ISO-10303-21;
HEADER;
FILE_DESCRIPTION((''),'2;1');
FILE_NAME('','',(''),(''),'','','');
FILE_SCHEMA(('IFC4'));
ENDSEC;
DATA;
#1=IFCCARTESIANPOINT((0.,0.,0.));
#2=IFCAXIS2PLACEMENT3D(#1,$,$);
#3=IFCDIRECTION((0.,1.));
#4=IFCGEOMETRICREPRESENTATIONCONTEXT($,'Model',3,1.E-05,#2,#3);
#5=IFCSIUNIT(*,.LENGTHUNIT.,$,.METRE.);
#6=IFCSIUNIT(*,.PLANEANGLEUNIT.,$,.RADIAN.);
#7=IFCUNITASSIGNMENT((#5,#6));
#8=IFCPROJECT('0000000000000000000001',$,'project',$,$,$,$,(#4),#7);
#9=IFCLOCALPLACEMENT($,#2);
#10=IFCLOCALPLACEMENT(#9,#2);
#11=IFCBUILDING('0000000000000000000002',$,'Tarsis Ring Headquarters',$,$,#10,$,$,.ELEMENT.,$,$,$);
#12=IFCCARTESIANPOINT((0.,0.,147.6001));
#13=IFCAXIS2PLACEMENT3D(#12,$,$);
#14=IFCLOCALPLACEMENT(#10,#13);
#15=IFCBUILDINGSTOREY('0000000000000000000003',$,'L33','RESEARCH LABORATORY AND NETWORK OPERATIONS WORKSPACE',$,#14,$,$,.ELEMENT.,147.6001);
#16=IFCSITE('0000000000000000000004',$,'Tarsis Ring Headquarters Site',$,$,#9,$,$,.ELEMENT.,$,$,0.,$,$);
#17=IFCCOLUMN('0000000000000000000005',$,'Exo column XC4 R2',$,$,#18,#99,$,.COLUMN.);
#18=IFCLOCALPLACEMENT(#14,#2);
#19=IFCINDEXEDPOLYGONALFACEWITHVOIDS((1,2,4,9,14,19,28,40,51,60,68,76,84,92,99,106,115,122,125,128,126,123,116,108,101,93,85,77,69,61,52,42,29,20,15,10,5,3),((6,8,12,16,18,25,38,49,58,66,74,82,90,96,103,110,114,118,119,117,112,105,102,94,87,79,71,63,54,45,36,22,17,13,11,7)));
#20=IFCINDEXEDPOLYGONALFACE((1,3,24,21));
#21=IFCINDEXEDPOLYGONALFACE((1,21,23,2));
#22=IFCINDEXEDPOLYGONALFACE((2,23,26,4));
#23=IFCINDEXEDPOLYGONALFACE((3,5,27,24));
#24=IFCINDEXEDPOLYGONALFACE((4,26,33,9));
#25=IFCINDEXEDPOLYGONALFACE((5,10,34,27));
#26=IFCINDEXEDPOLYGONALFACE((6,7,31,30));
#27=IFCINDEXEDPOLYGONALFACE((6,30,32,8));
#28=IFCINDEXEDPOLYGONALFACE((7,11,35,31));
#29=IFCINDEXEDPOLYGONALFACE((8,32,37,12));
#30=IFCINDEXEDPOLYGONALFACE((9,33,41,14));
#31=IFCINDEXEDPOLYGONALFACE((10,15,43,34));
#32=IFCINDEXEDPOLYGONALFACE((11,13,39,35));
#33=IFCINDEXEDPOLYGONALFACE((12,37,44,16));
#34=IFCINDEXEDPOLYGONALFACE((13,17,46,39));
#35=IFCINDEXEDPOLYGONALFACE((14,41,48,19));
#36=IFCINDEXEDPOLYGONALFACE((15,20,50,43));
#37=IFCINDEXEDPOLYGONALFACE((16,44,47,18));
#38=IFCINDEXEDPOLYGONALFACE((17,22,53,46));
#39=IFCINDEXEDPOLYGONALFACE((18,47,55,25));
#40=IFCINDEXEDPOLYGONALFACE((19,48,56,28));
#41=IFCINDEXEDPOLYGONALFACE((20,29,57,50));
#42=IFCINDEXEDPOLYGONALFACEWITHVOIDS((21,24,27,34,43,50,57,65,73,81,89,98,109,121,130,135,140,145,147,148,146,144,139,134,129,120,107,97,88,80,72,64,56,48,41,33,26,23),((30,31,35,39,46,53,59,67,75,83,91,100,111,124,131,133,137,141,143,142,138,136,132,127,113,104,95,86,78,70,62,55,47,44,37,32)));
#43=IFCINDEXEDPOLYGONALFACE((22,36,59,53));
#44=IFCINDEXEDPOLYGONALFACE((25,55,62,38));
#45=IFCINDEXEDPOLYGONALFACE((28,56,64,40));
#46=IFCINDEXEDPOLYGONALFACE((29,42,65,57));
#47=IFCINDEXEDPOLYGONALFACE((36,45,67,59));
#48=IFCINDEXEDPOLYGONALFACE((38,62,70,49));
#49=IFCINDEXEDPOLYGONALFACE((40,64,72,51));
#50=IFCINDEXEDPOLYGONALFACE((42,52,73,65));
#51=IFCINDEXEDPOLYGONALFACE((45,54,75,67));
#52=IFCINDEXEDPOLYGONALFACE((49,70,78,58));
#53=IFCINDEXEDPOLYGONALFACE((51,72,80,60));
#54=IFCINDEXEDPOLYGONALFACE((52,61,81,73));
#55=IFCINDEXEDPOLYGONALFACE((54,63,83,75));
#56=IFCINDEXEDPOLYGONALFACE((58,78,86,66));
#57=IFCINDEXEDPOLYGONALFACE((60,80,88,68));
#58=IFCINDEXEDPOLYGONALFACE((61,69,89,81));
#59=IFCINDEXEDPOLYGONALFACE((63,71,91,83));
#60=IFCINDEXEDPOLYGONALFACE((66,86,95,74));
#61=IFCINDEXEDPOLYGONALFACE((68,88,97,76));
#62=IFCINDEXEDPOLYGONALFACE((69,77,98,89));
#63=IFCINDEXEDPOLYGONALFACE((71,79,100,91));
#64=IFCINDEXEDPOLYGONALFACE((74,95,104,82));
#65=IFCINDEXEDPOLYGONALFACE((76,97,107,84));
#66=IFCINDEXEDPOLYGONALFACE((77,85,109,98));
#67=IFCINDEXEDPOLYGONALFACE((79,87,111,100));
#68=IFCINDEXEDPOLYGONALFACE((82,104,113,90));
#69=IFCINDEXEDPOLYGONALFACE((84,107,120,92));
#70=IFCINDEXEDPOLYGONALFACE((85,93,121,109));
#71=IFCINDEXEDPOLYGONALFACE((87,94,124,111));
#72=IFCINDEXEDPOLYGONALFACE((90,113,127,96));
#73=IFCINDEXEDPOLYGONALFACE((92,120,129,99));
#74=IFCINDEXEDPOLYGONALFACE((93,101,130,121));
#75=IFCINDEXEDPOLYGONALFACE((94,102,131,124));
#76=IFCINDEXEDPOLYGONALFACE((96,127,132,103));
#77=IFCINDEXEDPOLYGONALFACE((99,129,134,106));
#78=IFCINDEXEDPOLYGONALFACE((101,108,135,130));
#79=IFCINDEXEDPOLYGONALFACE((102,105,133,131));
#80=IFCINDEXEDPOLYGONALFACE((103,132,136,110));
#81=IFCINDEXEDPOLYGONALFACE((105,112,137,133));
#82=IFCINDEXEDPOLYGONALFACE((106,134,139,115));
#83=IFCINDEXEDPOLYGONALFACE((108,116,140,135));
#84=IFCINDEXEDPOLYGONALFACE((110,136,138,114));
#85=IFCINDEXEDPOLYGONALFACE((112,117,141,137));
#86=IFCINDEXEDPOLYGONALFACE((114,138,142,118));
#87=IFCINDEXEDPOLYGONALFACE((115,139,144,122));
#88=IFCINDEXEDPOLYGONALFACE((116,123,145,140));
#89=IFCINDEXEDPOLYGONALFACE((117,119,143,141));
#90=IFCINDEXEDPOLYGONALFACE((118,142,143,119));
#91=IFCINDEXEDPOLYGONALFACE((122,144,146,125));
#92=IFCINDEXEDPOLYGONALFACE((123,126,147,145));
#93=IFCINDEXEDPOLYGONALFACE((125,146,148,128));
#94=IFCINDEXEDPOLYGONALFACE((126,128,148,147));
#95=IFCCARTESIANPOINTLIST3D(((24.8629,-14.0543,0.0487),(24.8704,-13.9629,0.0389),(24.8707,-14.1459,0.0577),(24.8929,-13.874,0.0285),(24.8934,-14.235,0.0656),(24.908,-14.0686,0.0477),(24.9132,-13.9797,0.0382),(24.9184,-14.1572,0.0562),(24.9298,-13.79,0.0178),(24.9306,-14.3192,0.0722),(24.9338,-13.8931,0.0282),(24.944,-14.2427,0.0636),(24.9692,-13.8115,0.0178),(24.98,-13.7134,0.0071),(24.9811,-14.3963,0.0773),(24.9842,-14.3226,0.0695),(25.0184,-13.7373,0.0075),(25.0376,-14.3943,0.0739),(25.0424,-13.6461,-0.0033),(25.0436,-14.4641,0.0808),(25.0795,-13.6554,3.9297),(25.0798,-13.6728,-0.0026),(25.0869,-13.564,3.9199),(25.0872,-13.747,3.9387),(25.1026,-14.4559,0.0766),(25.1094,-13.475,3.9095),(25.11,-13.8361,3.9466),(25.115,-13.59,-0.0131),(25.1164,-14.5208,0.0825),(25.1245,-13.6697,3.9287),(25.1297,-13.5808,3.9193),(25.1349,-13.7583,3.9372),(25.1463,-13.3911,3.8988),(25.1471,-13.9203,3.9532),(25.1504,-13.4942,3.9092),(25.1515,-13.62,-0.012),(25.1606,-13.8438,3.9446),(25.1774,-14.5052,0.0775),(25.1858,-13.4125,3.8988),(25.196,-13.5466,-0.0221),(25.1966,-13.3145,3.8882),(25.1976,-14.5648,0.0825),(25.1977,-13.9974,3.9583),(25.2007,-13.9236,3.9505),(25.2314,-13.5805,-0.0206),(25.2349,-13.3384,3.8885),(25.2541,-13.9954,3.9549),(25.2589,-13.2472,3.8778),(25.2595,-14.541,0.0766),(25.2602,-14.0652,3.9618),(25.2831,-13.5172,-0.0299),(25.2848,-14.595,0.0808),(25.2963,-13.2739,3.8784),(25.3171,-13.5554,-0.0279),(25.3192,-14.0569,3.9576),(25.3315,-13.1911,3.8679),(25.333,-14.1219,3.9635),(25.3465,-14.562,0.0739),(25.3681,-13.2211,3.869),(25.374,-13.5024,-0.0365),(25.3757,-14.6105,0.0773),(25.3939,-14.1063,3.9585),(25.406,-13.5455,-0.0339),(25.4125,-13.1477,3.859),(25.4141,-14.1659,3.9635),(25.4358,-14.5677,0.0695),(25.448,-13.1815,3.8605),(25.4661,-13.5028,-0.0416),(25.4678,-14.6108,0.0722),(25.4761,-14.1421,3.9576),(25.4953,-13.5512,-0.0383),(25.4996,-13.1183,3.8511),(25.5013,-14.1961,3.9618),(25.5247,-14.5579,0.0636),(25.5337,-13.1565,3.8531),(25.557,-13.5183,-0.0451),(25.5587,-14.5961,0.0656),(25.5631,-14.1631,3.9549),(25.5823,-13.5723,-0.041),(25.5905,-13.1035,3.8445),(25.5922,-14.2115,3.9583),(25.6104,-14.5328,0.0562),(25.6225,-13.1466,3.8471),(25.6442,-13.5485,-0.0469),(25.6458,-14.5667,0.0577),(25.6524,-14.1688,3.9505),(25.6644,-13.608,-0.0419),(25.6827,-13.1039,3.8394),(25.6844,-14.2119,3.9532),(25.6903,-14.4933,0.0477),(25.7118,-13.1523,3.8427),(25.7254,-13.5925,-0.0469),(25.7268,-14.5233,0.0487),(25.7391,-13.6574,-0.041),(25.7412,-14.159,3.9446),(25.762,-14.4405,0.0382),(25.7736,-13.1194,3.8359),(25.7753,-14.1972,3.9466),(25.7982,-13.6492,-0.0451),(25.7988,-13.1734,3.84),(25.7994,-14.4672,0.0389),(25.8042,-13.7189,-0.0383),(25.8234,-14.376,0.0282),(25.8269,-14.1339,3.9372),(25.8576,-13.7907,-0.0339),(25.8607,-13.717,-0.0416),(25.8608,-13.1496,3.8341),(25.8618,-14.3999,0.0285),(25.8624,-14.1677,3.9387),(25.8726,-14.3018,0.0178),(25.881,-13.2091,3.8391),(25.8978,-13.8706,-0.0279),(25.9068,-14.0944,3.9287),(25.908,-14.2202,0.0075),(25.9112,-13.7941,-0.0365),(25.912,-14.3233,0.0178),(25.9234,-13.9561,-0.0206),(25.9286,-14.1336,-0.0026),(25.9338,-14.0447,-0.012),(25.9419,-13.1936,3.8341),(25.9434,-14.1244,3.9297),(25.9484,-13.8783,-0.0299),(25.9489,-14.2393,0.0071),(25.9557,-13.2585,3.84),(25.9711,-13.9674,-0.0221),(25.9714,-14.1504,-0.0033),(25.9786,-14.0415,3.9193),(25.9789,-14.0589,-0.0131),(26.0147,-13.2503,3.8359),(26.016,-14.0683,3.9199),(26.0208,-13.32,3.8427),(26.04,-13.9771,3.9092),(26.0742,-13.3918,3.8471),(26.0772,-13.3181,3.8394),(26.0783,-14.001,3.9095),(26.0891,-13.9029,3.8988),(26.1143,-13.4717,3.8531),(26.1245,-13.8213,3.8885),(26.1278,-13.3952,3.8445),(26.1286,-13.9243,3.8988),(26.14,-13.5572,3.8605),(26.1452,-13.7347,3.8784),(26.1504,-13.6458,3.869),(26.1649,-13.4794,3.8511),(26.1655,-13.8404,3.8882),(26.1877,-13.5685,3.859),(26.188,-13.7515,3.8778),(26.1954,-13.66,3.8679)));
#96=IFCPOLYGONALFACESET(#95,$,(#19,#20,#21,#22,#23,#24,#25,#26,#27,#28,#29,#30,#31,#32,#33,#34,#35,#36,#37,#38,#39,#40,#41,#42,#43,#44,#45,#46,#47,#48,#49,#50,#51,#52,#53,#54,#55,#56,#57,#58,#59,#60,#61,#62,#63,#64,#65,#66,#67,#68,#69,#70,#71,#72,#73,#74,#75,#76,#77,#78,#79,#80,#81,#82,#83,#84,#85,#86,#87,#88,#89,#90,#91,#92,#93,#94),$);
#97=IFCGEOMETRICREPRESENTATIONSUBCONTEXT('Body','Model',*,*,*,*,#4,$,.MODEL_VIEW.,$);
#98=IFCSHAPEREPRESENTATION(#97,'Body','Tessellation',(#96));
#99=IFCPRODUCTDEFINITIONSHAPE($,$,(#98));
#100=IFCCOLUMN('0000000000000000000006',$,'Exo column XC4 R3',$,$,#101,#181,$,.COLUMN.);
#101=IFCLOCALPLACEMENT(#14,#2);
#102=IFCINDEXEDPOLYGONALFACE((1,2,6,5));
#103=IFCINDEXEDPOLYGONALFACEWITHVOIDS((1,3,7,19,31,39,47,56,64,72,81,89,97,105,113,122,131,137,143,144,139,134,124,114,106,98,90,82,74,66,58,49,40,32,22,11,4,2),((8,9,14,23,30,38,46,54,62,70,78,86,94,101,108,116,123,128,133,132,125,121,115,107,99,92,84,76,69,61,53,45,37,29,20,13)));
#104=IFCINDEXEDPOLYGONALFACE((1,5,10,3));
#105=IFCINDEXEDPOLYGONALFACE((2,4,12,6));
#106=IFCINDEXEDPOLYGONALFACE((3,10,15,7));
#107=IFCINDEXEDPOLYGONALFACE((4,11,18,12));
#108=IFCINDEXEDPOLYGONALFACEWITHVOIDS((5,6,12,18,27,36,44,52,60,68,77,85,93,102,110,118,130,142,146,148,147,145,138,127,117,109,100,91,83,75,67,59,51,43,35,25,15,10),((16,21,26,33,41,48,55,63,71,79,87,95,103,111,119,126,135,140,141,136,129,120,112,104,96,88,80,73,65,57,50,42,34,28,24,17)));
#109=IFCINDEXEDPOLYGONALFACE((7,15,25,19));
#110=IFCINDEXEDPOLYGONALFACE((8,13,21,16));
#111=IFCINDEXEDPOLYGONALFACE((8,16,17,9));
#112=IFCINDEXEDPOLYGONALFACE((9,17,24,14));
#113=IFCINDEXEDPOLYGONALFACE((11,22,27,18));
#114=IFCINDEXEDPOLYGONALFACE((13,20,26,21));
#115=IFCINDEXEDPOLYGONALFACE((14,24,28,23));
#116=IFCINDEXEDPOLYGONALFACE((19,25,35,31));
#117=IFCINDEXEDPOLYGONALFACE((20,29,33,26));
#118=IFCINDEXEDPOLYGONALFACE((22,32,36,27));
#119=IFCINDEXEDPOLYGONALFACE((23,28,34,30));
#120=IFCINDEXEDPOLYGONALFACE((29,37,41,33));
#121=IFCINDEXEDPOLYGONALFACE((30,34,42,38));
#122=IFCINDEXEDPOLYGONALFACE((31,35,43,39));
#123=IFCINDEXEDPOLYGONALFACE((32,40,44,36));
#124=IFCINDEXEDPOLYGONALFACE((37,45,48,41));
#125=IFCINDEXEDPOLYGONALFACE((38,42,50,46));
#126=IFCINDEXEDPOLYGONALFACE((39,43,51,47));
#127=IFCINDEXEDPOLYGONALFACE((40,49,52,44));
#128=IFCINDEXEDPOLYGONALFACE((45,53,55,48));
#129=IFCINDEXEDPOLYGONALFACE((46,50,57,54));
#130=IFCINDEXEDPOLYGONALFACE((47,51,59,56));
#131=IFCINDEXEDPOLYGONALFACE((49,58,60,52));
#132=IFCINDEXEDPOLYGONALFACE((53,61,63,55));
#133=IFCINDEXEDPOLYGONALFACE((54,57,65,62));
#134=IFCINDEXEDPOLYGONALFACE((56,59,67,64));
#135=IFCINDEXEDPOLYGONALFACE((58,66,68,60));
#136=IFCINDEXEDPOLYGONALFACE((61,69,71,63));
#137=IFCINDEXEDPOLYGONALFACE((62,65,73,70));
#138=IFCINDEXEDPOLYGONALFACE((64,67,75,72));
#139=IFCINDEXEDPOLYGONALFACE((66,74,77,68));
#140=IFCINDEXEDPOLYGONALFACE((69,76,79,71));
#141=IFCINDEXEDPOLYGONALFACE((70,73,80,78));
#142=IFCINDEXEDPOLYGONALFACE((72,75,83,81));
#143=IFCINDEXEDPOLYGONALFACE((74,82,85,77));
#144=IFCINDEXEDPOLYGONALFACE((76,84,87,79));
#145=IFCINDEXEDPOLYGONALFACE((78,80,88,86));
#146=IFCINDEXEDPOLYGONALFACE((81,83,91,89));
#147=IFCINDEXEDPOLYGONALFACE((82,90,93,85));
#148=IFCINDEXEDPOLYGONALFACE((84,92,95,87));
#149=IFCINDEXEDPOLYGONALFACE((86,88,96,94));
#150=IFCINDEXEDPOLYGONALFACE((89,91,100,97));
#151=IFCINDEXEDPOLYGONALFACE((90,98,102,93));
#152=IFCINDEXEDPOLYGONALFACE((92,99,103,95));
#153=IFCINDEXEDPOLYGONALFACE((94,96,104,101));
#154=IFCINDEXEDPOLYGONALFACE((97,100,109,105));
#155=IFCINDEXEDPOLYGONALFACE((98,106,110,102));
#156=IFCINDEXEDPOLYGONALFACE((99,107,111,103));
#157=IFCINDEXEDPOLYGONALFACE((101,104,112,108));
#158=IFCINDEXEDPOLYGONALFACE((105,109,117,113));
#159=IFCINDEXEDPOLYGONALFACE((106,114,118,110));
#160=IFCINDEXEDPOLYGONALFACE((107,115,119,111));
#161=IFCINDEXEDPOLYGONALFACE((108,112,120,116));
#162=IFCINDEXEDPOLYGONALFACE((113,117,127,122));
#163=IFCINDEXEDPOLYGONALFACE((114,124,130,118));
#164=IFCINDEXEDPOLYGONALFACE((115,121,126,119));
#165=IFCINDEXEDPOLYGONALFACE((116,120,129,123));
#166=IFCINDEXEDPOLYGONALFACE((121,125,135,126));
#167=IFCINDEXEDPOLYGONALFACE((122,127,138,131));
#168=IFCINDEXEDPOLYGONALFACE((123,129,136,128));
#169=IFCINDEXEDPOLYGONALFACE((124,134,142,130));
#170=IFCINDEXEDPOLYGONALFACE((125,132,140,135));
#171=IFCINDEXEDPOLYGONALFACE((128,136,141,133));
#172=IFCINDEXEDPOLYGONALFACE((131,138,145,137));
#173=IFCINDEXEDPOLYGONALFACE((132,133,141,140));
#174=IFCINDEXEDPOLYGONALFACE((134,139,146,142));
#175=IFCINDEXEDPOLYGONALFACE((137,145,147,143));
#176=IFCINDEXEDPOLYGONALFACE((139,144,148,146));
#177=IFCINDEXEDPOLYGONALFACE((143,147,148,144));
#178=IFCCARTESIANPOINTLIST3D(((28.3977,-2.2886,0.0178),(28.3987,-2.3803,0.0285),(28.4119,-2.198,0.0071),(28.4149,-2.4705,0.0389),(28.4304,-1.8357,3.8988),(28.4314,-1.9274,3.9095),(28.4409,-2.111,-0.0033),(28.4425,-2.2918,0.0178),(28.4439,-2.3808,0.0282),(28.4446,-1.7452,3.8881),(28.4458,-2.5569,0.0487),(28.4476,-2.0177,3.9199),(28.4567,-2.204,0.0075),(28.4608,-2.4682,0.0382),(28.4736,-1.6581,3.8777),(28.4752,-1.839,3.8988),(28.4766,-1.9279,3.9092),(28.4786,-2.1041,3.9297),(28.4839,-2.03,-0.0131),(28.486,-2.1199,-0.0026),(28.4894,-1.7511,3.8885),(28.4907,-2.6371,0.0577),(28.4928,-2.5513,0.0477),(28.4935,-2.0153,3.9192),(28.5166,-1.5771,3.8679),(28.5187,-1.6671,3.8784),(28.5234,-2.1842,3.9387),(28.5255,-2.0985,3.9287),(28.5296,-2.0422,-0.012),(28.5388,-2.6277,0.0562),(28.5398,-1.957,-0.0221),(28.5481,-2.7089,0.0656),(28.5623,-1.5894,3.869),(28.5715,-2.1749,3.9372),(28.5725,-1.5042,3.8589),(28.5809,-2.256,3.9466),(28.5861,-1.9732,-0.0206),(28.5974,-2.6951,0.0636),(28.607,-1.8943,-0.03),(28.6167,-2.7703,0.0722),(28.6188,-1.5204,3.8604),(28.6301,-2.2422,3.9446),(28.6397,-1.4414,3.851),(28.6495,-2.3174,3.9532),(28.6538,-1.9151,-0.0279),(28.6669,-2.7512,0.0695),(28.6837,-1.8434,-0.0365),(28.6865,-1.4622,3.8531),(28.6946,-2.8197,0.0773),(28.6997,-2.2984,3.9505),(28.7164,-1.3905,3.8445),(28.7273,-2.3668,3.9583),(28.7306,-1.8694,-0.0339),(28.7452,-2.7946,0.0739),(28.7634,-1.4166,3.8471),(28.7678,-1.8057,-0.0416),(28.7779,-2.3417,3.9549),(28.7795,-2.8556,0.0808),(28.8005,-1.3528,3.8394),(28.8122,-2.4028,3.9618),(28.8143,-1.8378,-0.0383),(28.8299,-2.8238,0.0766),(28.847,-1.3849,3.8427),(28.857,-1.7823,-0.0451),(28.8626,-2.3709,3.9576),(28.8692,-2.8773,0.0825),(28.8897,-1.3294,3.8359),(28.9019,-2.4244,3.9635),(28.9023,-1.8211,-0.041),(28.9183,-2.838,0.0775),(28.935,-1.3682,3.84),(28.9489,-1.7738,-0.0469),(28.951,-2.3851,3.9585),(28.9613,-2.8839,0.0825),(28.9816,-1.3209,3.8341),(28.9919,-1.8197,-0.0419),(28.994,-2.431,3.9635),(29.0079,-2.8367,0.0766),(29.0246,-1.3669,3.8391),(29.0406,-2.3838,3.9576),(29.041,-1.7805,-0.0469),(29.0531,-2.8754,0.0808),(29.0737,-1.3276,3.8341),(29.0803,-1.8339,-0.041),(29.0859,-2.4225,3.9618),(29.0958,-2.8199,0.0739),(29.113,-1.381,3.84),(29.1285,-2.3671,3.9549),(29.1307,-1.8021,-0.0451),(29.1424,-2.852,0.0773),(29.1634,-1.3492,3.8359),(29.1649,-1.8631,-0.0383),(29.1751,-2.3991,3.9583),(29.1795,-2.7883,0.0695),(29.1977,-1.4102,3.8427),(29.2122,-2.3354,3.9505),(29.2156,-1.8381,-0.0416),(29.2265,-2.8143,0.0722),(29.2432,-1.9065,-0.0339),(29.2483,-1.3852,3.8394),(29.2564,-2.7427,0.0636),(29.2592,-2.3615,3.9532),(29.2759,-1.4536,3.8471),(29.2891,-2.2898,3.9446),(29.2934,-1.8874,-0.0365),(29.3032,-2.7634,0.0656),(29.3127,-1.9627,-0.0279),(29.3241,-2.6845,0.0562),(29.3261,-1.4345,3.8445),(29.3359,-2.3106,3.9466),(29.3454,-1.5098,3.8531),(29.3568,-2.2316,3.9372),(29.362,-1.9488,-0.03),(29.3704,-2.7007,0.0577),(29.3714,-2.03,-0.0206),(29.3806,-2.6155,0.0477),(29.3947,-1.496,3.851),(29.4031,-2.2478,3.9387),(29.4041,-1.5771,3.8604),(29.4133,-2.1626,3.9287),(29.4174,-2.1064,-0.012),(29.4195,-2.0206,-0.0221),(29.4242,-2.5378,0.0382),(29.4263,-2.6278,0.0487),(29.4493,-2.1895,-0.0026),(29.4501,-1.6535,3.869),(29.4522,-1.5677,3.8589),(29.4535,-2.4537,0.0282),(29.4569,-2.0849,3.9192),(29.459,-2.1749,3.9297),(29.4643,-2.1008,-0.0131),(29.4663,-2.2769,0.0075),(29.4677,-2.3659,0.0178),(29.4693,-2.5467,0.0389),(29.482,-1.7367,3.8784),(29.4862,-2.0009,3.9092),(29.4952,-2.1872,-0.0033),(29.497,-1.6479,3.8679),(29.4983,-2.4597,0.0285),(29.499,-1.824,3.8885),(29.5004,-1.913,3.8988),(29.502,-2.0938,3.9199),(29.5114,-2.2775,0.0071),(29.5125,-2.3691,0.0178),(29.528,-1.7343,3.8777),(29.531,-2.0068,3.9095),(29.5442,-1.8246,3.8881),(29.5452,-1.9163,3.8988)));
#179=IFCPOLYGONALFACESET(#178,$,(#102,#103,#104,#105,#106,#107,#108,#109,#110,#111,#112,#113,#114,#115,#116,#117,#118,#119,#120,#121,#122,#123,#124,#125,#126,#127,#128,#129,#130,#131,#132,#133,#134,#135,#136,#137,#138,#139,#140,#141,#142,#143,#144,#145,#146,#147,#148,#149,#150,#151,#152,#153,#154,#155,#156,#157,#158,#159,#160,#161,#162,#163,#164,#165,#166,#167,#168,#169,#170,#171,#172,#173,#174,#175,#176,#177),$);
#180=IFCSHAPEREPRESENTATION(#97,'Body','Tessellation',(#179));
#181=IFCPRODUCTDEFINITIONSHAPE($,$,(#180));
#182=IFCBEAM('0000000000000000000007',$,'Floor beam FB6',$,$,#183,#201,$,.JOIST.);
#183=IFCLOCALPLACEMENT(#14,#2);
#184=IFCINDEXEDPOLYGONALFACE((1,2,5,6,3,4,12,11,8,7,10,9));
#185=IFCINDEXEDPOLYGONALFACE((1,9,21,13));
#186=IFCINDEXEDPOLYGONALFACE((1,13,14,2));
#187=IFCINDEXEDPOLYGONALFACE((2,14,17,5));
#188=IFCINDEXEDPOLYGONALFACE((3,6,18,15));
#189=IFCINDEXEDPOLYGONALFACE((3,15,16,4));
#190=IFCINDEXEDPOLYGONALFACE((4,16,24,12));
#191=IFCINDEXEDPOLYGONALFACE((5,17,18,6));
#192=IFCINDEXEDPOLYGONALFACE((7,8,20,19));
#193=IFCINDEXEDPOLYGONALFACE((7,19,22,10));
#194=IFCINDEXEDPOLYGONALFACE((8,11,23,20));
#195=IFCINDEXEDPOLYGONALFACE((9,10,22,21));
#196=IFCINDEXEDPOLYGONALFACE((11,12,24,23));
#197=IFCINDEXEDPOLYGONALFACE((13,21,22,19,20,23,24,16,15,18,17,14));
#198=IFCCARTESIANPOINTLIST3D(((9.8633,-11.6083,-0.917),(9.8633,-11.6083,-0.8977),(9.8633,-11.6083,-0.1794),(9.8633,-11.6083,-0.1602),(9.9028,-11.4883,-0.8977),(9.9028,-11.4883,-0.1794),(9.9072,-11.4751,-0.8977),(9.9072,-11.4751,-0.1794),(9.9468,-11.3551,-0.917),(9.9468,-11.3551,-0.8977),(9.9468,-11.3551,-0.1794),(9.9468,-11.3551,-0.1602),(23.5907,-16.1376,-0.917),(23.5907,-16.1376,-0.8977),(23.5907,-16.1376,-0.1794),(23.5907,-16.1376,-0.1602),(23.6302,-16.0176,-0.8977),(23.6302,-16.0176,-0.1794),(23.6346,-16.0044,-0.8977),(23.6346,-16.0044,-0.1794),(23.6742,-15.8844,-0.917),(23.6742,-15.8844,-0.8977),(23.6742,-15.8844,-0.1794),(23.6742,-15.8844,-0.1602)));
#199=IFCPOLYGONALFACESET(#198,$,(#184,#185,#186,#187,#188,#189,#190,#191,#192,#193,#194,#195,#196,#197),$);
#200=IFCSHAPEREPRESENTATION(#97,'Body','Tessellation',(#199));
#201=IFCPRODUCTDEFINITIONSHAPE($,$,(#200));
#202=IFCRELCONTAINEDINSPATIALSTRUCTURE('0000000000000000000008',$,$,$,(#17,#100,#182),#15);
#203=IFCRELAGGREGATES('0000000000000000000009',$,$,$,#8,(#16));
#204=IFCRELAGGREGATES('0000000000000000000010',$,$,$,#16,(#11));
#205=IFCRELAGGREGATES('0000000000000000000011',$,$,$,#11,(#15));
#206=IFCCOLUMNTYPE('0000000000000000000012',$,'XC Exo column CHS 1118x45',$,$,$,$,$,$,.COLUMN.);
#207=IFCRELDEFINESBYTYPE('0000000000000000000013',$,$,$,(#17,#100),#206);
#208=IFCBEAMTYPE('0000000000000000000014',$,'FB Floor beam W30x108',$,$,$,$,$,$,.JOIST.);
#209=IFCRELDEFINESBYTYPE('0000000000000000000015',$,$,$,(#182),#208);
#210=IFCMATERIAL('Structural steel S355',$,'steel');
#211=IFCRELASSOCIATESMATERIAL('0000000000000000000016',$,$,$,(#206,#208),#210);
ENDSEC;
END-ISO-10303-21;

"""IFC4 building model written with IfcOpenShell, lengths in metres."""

from ifc_helpers import new_model, si_unit, direction, frame, origin, origin_2d, place, context, subcontext, project, spatial, hollow_circle, i_section, extrude, material, material_profile, profile_set, type_object, element, save


model = new_model("IFC4")

# Units and contexts
model_context = context("Model", 3, precision=1e-05, world=origin(), true_north=direction((0.0, 1.0)))
body_context = subcontext(model_context, "Body", "Model", "MODEL_VIEW")
ifc_project = project(units=[si_unit("LENGTHUNIT", "METRE"), si_unit("PLANEANGLEUNIT", "RADIAN")], contexts=[model_context])

# Site, building, storey
site_placement = place(None, origin())
site = spatial("IfcSite", under=ifc_project, at=site_placement, Name="Tarsis Ring Headquarters Site", CompositionType="ELEMENT", RefElevation=0.0)
building_placement = place(site_placement, origin())
building = spatial("IfcBuilding", under=site, at=building_placement, Name="Tarsis Ring Headquarters", CompositionType="ELEMENT")
storey_placement = place(building_placement, frame((0.0, 0.0, 147.6001)))
storey = spatial("IfcBuildingStorey", under=building, at=storey_placement, Name="L33", Description="RESEARCH LABORATORY AND NETWORK OPERATIONS WORKSPACE", CompositionType="ELEMENT", Elevation=147.6001)

# Columns
ifc_material_1 = material(Name="Structural steel S355", Category="steel")
ifc_material_profile_1 = material_profile(ifc_material_1, hollow_circle(Radius=0.5588, WallThickness=0.0449, at=origin_2d()), Name="CHS 1118x45")
ifc_profile_set_1 = profile_set([ifc_material_profile_1], Name="Structural steel S355")
column_type = type_object("IfcColumnType", Name="XC Exo column CHS 1118x45", PredefinedType="COLUMN", material=ifc_profile_set_1)
for number, where, z_axis, x_axis, name in (
    (1, (25.4209, -14.0566, 0.0178), (0.055419, 0.102091, 0.99323), (-0.87886, 0.47708, 0.0), "Exo column XC4 R2"),
    (2, (28.9551, -2.3289, 0.0178), (0.008372, 0.115898, 0.993226), (-0.997401, 0.072049, 0.0), "Exo column XC4 R3"),
):
    element("IfcColumn", number, at=place(storey_placement, frame(where, z_axis=z_axis, x_axis=x_axis)), inside=storey, type_object=column_type, Name=name, PredefinedType="COLUMN", context=body_context, shape_type="SweptSolid", body=[
        extrude(hollow_circle(Radius=0.5588, WallThickness=0.0449, at=origin_2d()), origin(), (0.0, 0.0, 1.0), 3.9075),
    ])

# Beam
ifc_material_profile_2 = material_profile(ifc_material_1, i_section(OverallWidth=0.2666, OverallDepth=0.7568, WebThickness=0.0139, FlangeThickness=0.0193, at=origin_2d()), Name="W30x108")
ifc_profile_set_2 = profile_set([ifc_material_profile_2], Name="Structural steel S355")
beam_type_1 = type_object("IfcBeamType", Name="FB Floor beam W30x108", PredefinedType="JOIST", material=ifc_profile_set_2)
beam_1_placement = place(storey_placement, frame((9.905, -11.4817, -0.5386), z_axis=(0.949643, -0.313333, 0.0), x_axis=(0.313333, 0.949643, 0.0)))
element("IfcBeam", 3, at=beam_1_placement, inside=storey, type_object=beam_type_1, Name="Floor beam FB6", PredefinedType="JOIST", context=body_context, shape_type="SweptSolid", body=[
    extrude(i_section(OverallWidth=0.2666, OverallDepth=0.7568, WebThickness=0.0139, FlangeThickness=0.0193, at=origin_2d()), origin(), (0.0, 0.0, 1.0), 14.4553),
])

save(model, "model.ifc")
